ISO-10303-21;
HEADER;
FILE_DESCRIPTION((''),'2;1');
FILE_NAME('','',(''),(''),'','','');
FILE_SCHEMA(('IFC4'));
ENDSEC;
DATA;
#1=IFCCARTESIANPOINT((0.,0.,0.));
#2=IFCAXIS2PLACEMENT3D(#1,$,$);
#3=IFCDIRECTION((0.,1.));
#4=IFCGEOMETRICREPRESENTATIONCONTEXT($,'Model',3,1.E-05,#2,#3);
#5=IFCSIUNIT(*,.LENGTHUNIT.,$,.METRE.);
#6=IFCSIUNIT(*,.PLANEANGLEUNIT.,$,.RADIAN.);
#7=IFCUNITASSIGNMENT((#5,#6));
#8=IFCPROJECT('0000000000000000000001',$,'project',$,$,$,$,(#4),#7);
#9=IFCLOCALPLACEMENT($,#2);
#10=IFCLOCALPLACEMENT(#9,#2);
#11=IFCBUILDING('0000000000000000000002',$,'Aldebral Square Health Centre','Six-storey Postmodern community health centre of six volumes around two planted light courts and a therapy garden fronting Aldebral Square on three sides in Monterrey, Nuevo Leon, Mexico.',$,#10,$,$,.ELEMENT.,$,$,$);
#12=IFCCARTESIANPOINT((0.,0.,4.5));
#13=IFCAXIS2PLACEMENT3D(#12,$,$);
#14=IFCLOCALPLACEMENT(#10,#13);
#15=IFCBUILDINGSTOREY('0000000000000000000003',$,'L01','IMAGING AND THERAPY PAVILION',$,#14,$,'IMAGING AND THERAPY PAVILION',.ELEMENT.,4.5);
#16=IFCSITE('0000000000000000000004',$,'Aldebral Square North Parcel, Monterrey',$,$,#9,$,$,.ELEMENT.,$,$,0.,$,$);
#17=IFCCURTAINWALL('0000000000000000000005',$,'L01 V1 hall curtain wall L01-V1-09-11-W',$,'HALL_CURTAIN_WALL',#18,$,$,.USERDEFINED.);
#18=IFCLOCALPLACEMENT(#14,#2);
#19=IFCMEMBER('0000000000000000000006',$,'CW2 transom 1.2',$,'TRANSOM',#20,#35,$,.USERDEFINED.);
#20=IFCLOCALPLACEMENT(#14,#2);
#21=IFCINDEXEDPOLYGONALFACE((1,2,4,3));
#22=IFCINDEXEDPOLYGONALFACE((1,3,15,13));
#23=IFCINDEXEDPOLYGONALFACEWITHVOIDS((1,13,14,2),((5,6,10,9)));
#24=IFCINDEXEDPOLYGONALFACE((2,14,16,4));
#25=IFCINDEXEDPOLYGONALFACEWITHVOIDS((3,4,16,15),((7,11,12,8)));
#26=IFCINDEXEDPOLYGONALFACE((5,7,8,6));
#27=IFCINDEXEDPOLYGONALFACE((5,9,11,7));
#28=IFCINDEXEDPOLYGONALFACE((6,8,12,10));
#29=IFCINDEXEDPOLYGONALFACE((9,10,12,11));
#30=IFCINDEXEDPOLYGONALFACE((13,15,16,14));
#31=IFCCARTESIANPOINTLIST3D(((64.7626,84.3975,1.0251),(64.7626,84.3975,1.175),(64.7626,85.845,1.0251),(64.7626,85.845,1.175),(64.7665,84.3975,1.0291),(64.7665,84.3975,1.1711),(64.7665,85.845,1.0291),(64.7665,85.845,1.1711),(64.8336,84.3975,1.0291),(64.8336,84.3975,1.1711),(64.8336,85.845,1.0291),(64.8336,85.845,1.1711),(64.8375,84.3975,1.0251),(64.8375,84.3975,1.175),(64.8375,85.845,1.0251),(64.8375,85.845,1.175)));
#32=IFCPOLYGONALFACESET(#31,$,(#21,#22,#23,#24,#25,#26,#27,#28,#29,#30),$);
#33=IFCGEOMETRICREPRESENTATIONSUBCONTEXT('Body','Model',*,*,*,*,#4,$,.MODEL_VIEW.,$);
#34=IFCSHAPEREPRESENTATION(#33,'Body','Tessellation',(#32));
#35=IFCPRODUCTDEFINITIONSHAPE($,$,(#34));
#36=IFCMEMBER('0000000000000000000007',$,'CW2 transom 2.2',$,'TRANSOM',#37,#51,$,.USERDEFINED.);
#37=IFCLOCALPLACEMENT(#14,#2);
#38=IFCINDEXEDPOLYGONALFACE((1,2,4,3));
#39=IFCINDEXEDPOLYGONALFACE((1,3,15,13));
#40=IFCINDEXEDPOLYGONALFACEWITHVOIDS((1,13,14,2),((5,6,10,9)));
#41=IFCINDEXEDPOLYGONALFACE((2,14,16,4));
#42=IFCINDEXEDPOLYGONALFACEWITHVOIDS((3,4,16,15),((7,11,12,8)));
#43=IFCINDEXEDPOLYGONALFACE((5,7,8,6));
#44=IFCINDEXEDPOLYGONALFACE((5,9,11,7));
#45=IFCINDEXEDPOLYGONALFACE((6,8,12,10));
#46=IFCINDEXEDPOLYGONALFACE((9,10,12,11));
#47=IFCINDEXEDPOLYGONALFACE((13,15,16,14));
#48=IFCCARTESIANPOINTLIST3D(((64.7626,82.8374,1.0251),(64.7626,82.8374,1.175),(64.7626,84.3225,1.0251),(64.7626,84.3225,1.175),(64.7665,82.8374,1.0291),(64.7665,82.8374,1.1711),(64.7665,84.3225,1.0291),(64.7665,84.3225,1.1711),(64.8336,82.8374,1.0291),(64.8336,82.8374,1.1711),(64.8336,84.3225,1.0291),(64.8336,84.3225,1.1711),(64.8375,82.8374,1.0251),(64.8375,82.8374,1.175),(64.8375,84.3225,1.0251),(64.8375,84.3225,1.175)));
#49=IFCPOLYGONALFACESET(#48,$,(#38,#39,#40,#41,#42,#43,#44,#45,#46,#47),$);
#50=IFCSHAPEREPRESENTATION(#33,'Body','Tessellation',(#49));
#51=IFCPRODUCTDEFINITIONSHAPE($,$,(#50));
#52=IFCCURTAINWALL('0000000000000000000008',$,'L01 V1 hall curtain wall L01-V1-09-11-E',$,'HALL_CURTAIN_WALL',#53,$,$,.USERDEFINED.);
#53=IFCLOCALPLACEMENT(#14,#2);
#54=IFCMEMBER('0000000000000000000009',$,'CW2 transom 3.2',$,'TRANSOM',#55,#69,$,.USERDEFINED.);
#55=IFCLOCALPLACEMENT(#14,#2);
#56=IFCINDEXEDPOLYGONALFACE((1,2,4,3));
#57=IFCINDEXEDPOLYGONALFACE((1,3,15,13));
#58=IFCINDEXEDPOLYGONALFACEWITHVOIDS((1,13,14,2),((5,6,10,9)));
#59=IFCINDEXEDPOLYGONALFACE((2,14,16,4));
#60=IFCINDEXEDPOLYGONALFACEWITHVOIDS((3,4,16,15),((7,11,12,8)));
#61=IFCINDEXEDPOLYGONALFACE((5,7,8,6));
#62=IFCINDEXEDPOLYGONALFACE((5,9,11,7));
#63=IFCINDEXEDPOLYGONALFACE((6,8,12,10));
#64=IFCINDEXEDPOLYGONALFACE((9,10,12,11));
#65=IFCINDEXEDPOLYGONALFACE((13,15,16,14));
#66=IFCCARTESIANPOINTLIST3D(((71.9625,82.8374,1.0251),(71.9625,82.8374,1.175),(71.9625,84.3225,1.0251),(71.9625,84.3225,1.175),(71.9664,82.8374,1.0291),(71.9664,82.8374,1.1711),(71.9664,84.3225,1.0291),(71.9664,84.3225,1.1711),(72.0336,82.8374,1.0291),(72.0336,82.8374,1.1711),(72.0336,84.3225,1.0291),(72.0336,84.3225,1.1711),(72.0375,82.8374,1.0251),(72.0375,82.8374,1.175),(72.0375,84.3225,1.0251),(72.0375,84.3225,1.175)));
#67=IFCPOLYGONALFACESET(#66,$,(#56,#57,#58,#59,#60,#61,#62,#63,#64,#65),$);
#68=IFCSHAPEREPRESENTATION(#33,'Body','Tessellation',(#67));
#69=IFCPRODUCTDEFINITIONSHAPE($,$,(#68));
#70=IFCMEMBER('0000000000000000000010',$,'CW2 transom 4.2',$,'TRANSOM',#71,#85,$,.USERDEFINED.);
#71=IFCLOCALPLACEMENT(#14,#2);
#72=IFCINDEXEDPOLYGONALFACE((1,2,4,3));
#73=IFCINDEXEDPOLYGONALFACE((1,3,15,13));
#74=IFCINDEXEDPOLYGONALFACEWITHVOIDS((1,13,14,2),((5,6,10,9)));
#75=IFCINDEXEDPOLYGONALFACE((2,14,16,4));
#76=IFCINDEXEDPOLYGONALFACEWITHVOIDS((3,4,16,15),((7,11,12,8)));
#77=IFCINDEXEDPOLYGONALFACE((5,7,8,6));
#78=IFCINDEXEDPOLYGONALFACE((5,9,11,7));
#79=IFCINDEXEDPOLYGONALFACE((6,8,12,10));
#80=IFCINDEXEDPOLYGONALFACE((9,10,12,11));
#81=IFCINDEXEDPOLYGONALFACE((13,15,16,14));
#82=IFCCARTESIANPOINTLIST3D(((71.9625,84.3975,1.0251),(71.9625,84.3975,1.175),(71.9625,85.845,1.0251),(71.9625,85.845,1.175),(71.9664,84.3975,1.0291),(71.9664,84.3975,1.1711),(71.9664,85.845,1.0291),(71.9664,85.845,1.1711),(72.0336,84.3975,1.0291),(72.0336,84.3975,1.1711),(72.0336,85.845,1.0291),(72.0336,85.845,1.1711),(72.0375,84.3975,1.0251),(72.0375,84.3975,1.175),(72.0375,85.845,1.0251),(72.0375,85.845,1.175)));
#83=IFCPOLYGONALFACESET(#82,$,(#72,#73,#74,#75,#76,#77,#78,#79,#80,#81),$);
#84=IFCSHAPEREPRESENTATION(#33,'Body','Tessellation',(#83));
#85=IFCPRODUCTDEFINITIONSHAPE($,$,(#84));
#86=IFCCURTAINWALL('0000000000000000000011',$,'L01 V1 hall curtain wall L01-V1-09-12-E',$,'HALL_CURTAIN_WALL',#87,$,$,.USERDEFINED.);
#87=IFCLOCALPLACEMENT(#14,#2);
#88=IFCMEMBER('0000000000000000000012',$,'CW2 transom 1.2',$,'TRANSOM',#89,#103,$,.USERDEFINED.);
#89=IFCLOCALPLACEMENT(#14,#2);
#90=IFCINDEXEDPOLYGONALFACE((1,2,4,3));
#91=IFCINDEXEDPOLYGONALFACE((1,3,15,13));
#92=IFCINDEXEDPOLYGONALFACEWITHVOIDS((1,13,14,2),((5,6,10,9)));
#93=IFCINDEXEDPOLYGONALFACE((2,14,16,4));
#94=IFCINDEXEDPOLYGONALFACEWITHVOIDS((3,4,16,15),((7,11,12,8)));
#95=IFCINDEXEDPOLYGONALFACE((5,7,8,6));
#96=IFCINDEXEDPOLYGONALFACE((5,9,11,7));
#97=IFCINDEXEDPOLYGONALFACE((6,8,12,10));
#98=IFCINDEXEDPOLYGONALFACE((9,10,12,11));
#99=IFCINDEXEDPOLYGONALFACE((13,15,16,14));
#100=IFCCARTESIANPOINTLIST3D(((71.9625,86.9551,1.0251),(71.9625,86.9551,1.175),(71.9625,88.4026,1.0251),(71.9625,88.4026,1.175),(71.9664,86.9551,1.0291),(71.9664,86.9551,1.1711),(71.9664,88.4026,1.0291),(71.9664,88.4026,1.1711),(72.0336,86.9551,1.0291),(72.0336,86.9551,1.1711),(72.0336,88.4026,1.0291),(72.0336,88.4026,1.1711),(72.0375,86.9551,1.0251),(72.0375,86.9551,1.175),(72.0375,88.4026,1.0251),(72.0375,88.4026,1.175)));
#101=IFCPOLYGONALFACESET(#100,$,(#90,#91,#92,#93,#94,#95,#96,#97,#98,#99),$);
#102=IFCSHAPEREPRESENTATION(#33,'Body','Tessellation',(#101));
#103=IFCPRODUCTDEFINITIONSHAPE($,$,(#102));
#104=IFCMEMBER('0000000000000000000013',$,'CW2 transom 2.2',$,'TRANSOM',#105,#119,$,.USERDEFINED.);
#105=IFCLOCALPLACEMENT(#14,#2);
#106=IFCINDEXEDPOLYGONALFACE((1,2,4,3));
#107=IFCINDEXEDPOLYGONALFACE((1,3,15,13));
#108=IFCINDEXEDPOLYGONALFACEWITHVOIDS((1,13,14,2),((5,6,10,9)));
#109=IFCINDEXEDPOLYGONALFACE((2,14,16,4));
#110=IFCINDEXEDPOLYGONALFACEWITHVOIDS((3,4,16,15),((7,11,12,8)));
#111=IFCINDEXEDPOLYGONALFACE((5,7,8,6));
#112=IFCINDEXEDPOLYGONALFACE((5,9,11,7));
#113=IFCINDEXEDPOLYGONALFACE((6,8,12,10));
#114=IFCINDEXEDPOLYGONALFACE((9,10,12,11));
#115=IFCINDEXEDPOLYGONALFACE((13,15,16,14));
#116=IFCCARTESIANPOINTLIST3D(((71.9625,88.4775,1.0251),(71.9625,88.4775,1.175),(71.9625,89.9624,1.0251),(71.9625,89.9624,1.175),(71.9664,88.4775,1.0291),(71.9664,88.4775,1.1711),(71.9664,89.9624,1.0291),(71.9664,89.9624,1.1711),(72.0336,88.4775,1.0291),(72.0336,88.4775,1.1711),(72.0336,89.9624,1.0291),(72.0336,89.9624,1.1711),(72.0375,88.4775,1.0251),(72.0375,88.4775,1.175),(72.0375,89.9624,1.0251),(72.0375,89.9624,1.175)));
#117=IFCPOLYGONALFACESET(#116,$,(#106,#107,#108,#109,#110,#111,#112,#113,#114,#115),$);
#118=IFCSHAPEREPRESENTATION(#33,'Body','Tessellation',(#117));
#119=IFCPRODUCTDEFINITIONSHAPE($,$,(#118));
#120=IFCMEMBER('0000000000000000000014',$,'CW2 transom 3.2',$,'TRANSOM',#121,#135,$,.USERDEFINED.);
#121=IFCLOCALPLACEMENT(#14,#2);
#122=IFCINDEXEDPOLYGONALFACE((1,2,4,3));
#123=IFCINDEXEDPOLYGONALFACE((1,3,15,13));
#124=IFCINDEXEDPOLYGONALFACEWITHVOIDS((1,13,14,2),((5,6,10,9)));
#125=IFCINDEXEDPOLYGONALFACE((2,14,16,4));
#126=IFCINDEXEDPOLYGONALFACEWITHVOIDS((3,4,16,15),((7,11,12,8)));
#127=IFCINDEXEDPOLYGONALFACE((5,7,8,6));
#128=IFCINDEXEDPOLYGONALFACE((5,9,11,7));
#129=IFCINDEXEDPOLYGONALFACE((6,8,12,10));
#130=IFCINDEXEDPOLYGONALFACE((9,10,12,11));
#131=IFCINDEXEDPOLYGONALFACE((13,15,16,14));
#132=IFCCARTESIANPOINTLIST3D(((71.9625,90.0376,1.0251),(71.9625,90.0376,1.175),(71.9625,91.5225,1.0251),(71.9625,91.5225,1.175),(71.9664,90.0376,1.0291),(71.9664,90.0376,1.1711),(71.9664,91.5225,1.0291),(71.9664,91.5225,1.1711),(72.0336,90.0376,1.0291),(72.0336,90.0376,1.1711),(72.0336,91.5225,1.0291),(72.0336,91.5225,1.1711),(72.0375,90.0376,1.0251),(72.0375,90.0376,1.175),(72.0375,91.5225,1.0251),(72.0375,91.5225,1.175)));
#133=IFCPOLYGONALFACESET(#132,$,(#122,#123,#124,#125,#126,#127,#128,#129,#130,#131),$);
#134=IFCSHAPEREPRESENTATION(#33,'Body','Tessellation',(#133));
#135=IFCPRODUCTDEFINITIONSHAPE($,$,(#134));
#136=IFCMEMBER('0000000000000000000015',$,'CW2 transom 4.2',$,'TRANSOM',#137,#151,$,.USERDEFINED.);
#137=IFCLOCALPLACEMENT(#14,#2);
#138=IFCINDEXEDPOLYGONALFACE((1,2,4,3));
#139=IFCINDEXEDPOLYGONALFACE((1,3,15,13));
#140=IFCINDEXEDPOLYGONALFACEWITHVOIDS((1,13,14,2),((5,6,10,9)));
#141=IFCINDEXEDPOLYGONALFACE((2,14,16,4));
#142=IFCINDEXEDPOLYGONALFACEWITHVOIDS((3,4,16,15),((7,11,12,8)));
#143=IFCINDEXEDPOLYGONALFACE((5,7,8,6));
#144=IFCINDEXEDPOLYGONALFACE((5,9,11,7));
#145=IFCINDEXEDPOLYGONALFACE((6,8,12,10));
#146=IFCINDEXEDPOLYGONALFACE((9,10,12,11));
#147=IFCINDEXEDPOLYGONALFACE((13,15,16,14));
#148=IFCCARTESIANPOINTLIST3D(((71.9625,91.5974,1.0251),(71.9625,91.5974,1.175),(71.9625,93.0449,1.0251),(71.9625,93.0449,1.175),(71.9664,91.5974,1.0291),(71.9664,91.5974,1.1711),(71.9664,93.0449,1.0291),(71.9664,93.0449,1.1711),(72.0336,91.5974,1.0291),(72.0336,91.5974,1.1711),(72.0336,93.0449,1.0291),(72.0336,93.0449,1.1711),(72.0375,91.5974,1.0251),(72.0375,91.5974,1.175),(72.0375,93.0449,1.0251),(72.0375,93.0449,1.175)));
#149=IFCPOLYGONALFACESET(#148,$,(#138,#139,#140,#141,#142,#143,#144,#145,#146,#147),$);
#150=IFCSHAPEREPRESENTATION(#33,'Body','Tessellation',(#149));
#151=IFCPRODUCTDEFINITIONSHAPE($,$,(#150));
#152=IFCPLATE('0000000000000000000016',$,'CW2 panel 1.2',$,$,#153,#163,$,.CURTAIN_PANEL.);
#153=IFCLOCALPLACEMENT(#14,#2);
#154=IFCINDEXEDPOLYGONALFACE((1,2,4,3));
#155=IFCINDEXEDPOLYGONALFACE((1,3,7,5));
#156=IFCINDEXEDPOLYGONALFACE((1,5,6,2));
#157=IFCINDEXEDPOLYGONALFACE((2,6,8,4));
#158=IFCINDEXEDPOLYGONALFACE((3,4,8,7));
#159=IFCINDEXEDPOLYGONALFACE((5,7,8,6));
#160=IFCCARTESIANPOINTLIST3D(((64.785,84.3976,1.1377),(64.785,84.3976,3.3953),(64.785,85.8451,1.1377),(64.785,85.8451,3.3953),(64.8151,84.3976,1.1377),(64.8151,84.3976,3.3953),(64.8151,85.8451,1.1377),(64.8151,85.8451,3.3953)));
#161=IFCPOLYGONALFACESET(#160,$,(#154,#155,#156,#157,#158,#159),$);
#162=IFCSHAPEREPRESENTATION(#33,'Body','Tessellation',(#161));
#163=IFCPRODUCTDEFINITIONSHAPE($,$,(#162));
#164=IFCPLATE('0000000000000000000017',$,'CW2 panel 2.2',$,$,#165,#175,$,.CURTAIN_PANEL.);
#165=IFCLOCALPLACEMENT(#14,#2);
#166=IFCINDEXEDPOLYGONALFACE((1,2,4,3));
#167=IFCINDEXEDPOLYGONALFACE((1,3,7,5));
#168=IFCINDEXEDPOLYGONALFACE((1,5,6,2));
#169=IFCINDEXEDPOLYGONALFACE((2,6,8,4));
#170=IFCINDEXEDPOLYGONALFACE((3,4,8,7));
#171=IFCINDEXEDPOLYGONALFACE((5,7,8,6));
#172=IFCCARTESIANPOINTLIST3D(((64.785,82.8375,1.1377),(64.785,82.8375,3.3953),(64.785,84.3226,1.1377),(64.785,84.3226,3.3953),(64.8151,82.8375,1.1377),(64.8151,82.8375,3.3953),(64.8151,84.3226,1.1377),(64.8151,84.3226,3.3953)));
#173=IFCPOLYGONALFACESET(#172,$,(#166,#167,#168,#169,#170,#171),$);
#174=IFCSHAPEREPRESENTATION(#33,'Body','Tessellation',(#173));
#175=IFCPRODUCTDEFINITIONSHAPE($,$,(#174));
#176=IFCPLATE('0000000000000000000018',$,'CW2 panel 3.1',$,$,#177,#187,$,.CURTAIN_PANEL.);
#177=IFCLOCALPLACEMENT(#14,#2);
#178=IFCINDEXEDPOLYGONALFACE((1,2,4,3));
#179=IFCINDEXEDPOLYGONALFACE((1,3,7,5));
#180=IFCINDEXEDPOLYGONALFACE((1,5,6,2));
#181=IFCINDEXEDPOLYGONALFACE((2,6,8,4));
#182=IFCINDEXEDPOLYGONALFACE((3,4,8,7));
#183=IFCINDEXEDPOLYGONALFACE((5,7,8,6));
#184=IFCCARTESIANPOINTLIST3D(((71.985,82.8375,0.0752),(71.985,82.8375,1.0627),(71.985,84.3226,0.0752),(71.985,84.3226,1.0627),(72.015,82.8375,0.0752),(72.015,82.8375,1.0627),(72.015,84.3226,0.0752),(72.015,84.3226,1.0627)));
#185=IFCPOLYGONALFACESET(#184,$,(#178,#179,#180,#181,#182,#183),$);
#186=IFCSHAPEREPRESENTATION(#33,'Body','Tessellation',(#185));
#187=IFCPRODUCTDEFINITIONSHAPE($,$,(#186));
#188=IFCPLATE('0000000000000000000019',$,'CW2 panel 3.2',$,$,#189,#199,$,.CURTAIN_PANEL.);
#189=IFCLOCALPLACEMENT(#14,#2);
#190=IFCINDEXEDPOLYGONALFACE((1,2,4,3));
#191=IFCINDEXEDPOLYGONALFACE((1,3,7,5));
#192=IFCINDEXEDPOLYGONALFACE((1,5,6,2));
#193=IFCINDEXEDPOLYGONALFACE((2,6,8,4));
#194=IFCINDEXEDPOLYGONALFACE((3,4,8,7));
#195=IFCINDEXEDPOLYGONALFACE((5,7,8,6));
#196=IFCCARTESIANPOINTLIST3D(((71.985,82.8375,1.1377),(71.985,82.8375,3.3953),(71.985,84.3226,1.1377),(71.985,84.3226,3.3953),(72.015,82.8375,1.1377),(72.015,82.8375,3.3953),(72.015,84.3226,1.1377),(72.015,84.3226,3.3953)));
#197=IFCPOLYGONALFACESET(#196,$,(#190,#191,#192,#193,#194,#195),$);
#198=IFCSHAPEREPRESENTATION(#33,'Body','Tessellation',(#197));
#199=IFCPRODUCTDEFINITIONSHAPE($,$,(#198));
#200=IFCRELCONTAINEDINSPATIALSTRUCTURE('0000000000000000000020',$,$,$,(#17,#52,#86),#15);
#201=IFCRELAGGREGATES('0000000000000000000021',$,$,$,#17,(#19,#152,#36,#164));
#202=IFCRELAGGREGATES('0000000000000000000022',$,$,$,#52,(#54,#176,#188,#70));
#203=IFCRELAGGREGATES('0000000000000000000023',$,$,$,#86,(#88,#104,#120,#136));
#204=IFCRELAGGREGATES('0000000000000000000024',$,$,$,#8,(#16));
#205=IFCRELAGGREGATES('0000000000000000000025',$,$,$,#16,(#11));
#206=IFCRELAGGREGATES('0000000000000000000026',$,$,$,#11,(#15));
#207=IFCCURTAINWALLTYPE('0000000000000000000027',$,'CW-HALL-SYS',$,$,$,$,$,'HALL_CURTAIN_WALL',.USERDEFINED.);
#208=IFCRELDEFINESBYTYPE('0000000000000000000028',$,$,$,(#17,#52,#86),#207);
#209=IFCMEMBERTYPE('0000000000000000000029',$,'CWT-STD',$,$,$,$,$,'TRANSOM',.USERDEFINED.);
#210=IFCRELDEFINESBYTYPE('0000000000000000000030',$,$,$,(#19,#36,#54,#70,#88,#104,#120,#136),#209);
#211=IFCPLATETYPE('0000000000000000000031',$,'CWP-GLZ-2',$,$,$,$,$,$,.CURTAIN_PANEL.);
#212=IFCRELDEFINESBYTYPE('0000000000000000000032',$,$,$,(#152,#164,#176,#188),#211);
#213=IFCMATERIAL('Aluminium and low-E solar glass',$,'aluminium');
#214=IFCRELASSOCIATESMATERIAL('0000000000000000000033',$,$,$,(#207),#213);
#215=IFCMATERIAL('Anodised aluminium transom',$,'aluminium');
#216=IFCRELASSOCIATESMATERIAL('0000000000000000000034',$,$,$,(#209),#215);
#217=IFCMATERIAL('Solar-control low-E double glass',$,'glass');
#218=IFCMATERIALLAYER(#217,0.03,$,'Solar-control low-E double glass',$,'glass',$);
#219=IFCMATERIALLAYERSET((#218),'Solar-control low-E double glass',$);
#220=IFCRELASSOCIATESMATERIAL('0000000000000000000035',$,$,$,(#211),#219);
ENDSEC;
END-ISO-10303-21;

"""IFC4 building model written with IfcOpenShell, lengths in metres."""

from ifc_helpers import new_model, si_unit, direction, frame, origin, origin_2d, place, context, subcontext, project, spatial, rectangle, hollow_rectangle, extrude, material, layer, layer_set, material_profile, profile_set, type_object, element, aggregate, save


model = new_model("IFC4")

# Units and contexts
model_context = context("Model", 3, precision=1e-05, world=origin(), true_north=direction((0.0, 1.0)))
body_context = subcontext(model_context, "Body", "Model", "MODEL_VIEW")
ifc_project = project(units=[si_unit("LENGTHUNIT", "METRE"), si_unit("PLANEANGLEUNIT", "RADIAN")], contexts=[model_context])

# Site, building, storey
site_placement = place(None, origin())
site = spatial("IfcSite", under=ifc_project, at=site_placement, Name="Aldebral Square North Parcel, Monterrey", CompositionType="ELEMENT", RefElevation=0.0)
building_placement = place(site_placement, origin())
building = spatial("IfcBuilding", under=site, at=building_placement, Name="Aldebral Square Health Centre", Description="Six-storey Postmodern community health centre of six volumes around two planted light courts and a therapy garden fronting Aldebral Square on three sides in Monterrey, Nuevo Leon, Mexico.", CompositionType="ELEMENT")
storey_placement = place(building_placement, frame((0.0, 0.0, 4.5)))
storey = spatial("IfcBuildingStorey", under=building, at=storey_placement, Name="L01", Description="IMAGING AND THERAPY PAVILION", LongName="IMAGING AND THERAPY PAVILION", CompositionType="ELEMENT", Elevation=4.5)

# Curtain walls, members
ifc_material_1 = material(Name="Aluminium and low-E solar glass", Category="aluminium")
curtain_wall_type = type_object("IfcCurtainWallType", Name="CW-HALL-SYS", ElementType="HALL_CURTAIN_WALL", PredefinedType="USERDEFINED", material=ifc_material_1)
curtain_wall_1_placement = place(storey_placement, origin())
curtain_wall_1 = element("IfcCurtainWall", 1, at=curtain_wall_1_placement, inside=storey, type_object=curtain_wall_type, Name="L01 V1 hall curtain wall L01-V1-09-11-W", ObjectType="HALL_CURTAIN_WALL", PredefinedType="USERDEFINED")
ifc_material_2 = material(Name="Anodised aluminium transom", Category="aluminium")
ifc_material_profile = material_profile(ifc_material_2, hollow_rectangle(XDim=0.075, YDim=0.1499, WallThickness=0.0039, at=origin_2d()), Name="CWT 75x150x4")
ifc_profile_set = profile_set([ifc_material_profile], Name="Anodised aluminium transom")
member_type = type_object("IfcMemberType", Name="CWT-STD", ElementType="TRANSOM", PredefinedType="USERDEFINED", material=ifc_profile_set)
member_1_placement = place(storey_placement, frame((64.8, 85.845, 1.1001), z_axis=(0.0, -1.0, 0.0), x_axis=(1.0, 0.0, 0.0)))
member_1 = element("IfcMember", 2, at=member_1_placement, type_object=member_type, Name="CW2 transom 1.2", ObjectType="TRANSOM", PredefinedType="USERDEFINED", context=body_context, shape_type="SweptSolid", body=[
    extrude(hollow_rectangle(XDim=0.075, YDim=0.1499, WallThickness=0.0039, at=origin_2d()), origin(), (0.0, 0.0, 1.0), 1.4475),
])
member_2_placement = place(storey_placement, frame((64.8, 84.3225, 1.1001), z_axis=(0.0, -1.0, 0.0), x_axis=(1.0, 0.0, 0.0)))
member_2 = element("IfcMember", 3, at=member_2_placement, type_object=member_type, Name="CW2 transom 2.2", ObjectType="TRANSOM", PredefinedType="USERDEFINED", context=body_context, shape_type="SweptSolid", body=[
    extrude(hollow_rectangle(XDim=0.075, YDim=0.1499, WallThickness=0.0039, at=origin_2d()), origin(), (0.0, 0.0, 1.0), 1.4851),
])
curtain_wall_2_placement = place(storey_placement, origin())
curtain_wall_2 = element("IfcCurtainWall", 4, at=curtain_wall_2_placement, inside=storey, type_object=curtain_wall_type, Name="L01 V1 hall curtain wall L01-V1-09-11-E", ObjectType="HALL_CURTAIN_WALL", PredefinedType="USERDEFINED")
member_3_placement = place(storey_placement, frame((72.0, 82.8374, 1.1001), z_axis=(0.0, 1.0, 0.0), x_axis=(-1.0, 0.0, 0.0)))
member_3 = element("IfcMember", 5, at=member_3_placement, type_object=member_type, Name="CW2 transom 3.2", ObjectType="TRANSOM", PredefinedType="USERDEFINED", context=body_context, shape_type="SweptSolid", body=[
    extrude(hollow_rectangle(XDim=0.075, YDim=0.1499, WallThickness=0.0039, at=origin_2d()), origin(), (0.0, 0.0, 1.0), 1.4851),
])
member_4_placement = place(storey_placement, frame((72.0, 84.3975, 1.1001), z_axis=(0.0, 1.0, 0.0), x_axis=(-1.0, 0.0, 0.0)))
member_4 = element("IfcMember", 6, at=member_4_placement, type_object=member_type, Name="CW2 transom 4.2", ObjectType="TRANSOM", PredefinedType="USERDEFINED", context=body_context, shape_type="SweptSolid", body=[
    extrude(hollow_rectangle(XDim=0.075, YDim=0.1499, WallThickness=0.0039, at=origin_2d()), origin(), (0.0, 0.0, 1.0), 1.4475),
])
curtain_wall_3_placement = place(storey_placement, origin())
curtain_wall_3 = element("IfcCurtainWall", 7, at=curtain_wall_3_placement, inside=storey, type_object=curtain_wall_type, Name="L01 V1 hall curtain wall L01-V1-09-12-E", ObjectType="HALL_CURTAIN_WALL", PredefinedType="USERDEFINED")
member_5_placement = place(storey_placement, frame((72.0, 86.9551, 1.1001), z_axis=(0.0, 1.0, 0.0), x_axis=(-1.0, 0.0, 0.0)))
member_5 = element("IfcMember", 8, at=member_5_placement, type_object=member_type, Name="CW2 transom 1.2", ObjectType="TRANSOM", PredefinedType="USERDEFINED", context=body_context, shape_type="SweptSolid", body=[
    extrude(hollow_rectangle(XDim=0.075, YDim=0.1499, WallThickness=0.0039, at=origin_2d()), origin(), (0.0, 0.0, 1.0), 1.4475),
])
member_6_placement = place(storey_placement, frame((72.0, 88.4775, 1.1001), z_axis=(0.0, 1.0, 0.0), x_axis=(-1.0, 0.0, 0.0)))
member_6 = element("IfcMember", 9, at=member_6_placement, type_object=member_type, Name="CW2 transom 2.2", ObjectType="TRANSOM", PredefinedType="USERDEFINED", context=body_context, shape_type="SweptSolid", body=[
    extrude(hollow_rectangle(XDim=0.075, YDim=0.1499, WallThickness=0.0039, at=origin_2d()), origin(), (0.0, 0.0, 1.0), 1.4849),
])
member_7_placement = place(storey_placement, frame((72.0, 90.0376, 1.1001), z_axis=(0.0, 1.0, 0.0), x_axis=(-1.0, 0.0, 0.0)))
member_7 = element("IfcMember", 10, at=member_7_placement, type_object=member_type, Name="CW2 transom 3.2", ObjectType="TRANSOM", PredefinedType="USERDEFINED", context=body_context, shape_type="SweptSolid", body=[
    extrude(hollow_rectangle(XDim=0.075, YDim=0.1499, WallThickness=0.0039, at=origin_2d()), origin(), (0.0, 0.0, 1.0), 1.4849),
])
member_8_placement = place(storey_placement, frame((72.0, 91.5974, 1.1001), z_axis=(0.0, 1.0, 0.0), x_axis=(-1.0, 0.0, 0.0)))
member_8 = element("IfcMember", 11, at=member_8_placement, type_object=member_type, Name="CW2 transom 4.2", ObjectType="TRANSOM", PredefinedType="USERDEFINED", context=body_context, shape_type="SweptSolid", body=[
    extrude(hollow_rectangle(XDim=0.075, YDim=0.1499, WallThickness=0.0039, at=origin_2d()), origin(), (0.0, 0.0, 1.0), 1.4475),
])

# Plates
ifc_material_3 = material(Name="Solar-control low-E double glass", Category="glass")
ifc_layer = layer(ifc_material_3, 0.03, Name="Solar-control low-E double glass", Category="glass")
ifc_layer_set = layer_set([ifc_layer], Name="Solar-control low-E double glass")
plate_type = type_object("IfcPlateType", Name="CWP-GLZ-2", PredefinedType="CURTAIN_PANEL", material=ifc_layer_set)
plate_1_placement = place(storey_placement, frame((64.8, 85.1213, 1.1377), z_axis=(0.0, 0.0, 1.0), x_axis=(0.0, -1.0, 0.0)))
plate_1 = element("IfcPlate", 12, at=plate_1_placement, type_object=plate_type, Name="CW2 panel 1.2", PredefinedType="CURTAIN_PANEL", context=body_context, shape_type="SweptSolid", body=[
    extrude(rectangle(XDim=1.4475, YDim=0.03, at=origin_2d()), origin(), (0.0, 0.0, 1.0), 2.2576),
])
plate_2_placement = place(storey_placement, frame((64.8, 83.5801, 1.1377), z_axis=(0.0, 0.0, 1.0), x_axis=(0.0, -1.0, 0.0)))
plate_2 = element("IfcPlate", 13, at=plate_2_placement, type_object=plate_type, Name="CW2 panel 2.2", PredefinedType="CURTAIN_PANEL", context=body_context, shape_type="SweptSolid", body=[
    extrude(rectangle(XDim=1.4851, YDim=0.03, at=origin_2d()), origin(), (0.0, 0.0, 1.0), 2.2576),
])
aggregate(curtain_wall_1, [member_1, plate_1, member_2, plate_2])
plate_3_placement = place(storey_placement, frame((72.0, 83.5801, 0.0752), z_axis=(0.0, 0.0, 1.0), x_axis=(0.0, 1.0, 0.0)))
plate_3 = element("IfcPlate", 14, at=plate_3_placement, type_object=plate_type, Name="CW2 panel 3.1", PredefinedType="CURTAIN_PANEL", context=body_context, shape_type="SweptSolid", body=[
    extrude(rectangle(XDim=1.4851, YDim=0.03, at=origin_2d()), origin(), (0.0, 0.0, 1.0), 0.9875),
])
plate_4_placement = place(storey_placement, frame((72.0, 83.5801, 1.1377), z_axis=(0.0, 0.0, 1.0), x_axis=(0.0, 1.0, 0.0)))
plate_4 = element("IfcPlate", 15, at=plate_4_placement, type_object=plate_type, Name="CW2 panel 3.2", PredefinedType="CURTAIN_PANEL", context=body_context, shape_type="SweptSolid", body=[
    extrude(rectangle(XDim=1.4851, YDim=0.03, at=origin_2d()), origin(), (0.0, 0.0, 1.0), 2.2576),
])
aggregate(curtain_wall_2, [member_3, plate_3, plate_4, member_4])
aggregate(curtain_wall_3, [member_5, member_6, member_7, member_8])

save(model, "model.ifc")
